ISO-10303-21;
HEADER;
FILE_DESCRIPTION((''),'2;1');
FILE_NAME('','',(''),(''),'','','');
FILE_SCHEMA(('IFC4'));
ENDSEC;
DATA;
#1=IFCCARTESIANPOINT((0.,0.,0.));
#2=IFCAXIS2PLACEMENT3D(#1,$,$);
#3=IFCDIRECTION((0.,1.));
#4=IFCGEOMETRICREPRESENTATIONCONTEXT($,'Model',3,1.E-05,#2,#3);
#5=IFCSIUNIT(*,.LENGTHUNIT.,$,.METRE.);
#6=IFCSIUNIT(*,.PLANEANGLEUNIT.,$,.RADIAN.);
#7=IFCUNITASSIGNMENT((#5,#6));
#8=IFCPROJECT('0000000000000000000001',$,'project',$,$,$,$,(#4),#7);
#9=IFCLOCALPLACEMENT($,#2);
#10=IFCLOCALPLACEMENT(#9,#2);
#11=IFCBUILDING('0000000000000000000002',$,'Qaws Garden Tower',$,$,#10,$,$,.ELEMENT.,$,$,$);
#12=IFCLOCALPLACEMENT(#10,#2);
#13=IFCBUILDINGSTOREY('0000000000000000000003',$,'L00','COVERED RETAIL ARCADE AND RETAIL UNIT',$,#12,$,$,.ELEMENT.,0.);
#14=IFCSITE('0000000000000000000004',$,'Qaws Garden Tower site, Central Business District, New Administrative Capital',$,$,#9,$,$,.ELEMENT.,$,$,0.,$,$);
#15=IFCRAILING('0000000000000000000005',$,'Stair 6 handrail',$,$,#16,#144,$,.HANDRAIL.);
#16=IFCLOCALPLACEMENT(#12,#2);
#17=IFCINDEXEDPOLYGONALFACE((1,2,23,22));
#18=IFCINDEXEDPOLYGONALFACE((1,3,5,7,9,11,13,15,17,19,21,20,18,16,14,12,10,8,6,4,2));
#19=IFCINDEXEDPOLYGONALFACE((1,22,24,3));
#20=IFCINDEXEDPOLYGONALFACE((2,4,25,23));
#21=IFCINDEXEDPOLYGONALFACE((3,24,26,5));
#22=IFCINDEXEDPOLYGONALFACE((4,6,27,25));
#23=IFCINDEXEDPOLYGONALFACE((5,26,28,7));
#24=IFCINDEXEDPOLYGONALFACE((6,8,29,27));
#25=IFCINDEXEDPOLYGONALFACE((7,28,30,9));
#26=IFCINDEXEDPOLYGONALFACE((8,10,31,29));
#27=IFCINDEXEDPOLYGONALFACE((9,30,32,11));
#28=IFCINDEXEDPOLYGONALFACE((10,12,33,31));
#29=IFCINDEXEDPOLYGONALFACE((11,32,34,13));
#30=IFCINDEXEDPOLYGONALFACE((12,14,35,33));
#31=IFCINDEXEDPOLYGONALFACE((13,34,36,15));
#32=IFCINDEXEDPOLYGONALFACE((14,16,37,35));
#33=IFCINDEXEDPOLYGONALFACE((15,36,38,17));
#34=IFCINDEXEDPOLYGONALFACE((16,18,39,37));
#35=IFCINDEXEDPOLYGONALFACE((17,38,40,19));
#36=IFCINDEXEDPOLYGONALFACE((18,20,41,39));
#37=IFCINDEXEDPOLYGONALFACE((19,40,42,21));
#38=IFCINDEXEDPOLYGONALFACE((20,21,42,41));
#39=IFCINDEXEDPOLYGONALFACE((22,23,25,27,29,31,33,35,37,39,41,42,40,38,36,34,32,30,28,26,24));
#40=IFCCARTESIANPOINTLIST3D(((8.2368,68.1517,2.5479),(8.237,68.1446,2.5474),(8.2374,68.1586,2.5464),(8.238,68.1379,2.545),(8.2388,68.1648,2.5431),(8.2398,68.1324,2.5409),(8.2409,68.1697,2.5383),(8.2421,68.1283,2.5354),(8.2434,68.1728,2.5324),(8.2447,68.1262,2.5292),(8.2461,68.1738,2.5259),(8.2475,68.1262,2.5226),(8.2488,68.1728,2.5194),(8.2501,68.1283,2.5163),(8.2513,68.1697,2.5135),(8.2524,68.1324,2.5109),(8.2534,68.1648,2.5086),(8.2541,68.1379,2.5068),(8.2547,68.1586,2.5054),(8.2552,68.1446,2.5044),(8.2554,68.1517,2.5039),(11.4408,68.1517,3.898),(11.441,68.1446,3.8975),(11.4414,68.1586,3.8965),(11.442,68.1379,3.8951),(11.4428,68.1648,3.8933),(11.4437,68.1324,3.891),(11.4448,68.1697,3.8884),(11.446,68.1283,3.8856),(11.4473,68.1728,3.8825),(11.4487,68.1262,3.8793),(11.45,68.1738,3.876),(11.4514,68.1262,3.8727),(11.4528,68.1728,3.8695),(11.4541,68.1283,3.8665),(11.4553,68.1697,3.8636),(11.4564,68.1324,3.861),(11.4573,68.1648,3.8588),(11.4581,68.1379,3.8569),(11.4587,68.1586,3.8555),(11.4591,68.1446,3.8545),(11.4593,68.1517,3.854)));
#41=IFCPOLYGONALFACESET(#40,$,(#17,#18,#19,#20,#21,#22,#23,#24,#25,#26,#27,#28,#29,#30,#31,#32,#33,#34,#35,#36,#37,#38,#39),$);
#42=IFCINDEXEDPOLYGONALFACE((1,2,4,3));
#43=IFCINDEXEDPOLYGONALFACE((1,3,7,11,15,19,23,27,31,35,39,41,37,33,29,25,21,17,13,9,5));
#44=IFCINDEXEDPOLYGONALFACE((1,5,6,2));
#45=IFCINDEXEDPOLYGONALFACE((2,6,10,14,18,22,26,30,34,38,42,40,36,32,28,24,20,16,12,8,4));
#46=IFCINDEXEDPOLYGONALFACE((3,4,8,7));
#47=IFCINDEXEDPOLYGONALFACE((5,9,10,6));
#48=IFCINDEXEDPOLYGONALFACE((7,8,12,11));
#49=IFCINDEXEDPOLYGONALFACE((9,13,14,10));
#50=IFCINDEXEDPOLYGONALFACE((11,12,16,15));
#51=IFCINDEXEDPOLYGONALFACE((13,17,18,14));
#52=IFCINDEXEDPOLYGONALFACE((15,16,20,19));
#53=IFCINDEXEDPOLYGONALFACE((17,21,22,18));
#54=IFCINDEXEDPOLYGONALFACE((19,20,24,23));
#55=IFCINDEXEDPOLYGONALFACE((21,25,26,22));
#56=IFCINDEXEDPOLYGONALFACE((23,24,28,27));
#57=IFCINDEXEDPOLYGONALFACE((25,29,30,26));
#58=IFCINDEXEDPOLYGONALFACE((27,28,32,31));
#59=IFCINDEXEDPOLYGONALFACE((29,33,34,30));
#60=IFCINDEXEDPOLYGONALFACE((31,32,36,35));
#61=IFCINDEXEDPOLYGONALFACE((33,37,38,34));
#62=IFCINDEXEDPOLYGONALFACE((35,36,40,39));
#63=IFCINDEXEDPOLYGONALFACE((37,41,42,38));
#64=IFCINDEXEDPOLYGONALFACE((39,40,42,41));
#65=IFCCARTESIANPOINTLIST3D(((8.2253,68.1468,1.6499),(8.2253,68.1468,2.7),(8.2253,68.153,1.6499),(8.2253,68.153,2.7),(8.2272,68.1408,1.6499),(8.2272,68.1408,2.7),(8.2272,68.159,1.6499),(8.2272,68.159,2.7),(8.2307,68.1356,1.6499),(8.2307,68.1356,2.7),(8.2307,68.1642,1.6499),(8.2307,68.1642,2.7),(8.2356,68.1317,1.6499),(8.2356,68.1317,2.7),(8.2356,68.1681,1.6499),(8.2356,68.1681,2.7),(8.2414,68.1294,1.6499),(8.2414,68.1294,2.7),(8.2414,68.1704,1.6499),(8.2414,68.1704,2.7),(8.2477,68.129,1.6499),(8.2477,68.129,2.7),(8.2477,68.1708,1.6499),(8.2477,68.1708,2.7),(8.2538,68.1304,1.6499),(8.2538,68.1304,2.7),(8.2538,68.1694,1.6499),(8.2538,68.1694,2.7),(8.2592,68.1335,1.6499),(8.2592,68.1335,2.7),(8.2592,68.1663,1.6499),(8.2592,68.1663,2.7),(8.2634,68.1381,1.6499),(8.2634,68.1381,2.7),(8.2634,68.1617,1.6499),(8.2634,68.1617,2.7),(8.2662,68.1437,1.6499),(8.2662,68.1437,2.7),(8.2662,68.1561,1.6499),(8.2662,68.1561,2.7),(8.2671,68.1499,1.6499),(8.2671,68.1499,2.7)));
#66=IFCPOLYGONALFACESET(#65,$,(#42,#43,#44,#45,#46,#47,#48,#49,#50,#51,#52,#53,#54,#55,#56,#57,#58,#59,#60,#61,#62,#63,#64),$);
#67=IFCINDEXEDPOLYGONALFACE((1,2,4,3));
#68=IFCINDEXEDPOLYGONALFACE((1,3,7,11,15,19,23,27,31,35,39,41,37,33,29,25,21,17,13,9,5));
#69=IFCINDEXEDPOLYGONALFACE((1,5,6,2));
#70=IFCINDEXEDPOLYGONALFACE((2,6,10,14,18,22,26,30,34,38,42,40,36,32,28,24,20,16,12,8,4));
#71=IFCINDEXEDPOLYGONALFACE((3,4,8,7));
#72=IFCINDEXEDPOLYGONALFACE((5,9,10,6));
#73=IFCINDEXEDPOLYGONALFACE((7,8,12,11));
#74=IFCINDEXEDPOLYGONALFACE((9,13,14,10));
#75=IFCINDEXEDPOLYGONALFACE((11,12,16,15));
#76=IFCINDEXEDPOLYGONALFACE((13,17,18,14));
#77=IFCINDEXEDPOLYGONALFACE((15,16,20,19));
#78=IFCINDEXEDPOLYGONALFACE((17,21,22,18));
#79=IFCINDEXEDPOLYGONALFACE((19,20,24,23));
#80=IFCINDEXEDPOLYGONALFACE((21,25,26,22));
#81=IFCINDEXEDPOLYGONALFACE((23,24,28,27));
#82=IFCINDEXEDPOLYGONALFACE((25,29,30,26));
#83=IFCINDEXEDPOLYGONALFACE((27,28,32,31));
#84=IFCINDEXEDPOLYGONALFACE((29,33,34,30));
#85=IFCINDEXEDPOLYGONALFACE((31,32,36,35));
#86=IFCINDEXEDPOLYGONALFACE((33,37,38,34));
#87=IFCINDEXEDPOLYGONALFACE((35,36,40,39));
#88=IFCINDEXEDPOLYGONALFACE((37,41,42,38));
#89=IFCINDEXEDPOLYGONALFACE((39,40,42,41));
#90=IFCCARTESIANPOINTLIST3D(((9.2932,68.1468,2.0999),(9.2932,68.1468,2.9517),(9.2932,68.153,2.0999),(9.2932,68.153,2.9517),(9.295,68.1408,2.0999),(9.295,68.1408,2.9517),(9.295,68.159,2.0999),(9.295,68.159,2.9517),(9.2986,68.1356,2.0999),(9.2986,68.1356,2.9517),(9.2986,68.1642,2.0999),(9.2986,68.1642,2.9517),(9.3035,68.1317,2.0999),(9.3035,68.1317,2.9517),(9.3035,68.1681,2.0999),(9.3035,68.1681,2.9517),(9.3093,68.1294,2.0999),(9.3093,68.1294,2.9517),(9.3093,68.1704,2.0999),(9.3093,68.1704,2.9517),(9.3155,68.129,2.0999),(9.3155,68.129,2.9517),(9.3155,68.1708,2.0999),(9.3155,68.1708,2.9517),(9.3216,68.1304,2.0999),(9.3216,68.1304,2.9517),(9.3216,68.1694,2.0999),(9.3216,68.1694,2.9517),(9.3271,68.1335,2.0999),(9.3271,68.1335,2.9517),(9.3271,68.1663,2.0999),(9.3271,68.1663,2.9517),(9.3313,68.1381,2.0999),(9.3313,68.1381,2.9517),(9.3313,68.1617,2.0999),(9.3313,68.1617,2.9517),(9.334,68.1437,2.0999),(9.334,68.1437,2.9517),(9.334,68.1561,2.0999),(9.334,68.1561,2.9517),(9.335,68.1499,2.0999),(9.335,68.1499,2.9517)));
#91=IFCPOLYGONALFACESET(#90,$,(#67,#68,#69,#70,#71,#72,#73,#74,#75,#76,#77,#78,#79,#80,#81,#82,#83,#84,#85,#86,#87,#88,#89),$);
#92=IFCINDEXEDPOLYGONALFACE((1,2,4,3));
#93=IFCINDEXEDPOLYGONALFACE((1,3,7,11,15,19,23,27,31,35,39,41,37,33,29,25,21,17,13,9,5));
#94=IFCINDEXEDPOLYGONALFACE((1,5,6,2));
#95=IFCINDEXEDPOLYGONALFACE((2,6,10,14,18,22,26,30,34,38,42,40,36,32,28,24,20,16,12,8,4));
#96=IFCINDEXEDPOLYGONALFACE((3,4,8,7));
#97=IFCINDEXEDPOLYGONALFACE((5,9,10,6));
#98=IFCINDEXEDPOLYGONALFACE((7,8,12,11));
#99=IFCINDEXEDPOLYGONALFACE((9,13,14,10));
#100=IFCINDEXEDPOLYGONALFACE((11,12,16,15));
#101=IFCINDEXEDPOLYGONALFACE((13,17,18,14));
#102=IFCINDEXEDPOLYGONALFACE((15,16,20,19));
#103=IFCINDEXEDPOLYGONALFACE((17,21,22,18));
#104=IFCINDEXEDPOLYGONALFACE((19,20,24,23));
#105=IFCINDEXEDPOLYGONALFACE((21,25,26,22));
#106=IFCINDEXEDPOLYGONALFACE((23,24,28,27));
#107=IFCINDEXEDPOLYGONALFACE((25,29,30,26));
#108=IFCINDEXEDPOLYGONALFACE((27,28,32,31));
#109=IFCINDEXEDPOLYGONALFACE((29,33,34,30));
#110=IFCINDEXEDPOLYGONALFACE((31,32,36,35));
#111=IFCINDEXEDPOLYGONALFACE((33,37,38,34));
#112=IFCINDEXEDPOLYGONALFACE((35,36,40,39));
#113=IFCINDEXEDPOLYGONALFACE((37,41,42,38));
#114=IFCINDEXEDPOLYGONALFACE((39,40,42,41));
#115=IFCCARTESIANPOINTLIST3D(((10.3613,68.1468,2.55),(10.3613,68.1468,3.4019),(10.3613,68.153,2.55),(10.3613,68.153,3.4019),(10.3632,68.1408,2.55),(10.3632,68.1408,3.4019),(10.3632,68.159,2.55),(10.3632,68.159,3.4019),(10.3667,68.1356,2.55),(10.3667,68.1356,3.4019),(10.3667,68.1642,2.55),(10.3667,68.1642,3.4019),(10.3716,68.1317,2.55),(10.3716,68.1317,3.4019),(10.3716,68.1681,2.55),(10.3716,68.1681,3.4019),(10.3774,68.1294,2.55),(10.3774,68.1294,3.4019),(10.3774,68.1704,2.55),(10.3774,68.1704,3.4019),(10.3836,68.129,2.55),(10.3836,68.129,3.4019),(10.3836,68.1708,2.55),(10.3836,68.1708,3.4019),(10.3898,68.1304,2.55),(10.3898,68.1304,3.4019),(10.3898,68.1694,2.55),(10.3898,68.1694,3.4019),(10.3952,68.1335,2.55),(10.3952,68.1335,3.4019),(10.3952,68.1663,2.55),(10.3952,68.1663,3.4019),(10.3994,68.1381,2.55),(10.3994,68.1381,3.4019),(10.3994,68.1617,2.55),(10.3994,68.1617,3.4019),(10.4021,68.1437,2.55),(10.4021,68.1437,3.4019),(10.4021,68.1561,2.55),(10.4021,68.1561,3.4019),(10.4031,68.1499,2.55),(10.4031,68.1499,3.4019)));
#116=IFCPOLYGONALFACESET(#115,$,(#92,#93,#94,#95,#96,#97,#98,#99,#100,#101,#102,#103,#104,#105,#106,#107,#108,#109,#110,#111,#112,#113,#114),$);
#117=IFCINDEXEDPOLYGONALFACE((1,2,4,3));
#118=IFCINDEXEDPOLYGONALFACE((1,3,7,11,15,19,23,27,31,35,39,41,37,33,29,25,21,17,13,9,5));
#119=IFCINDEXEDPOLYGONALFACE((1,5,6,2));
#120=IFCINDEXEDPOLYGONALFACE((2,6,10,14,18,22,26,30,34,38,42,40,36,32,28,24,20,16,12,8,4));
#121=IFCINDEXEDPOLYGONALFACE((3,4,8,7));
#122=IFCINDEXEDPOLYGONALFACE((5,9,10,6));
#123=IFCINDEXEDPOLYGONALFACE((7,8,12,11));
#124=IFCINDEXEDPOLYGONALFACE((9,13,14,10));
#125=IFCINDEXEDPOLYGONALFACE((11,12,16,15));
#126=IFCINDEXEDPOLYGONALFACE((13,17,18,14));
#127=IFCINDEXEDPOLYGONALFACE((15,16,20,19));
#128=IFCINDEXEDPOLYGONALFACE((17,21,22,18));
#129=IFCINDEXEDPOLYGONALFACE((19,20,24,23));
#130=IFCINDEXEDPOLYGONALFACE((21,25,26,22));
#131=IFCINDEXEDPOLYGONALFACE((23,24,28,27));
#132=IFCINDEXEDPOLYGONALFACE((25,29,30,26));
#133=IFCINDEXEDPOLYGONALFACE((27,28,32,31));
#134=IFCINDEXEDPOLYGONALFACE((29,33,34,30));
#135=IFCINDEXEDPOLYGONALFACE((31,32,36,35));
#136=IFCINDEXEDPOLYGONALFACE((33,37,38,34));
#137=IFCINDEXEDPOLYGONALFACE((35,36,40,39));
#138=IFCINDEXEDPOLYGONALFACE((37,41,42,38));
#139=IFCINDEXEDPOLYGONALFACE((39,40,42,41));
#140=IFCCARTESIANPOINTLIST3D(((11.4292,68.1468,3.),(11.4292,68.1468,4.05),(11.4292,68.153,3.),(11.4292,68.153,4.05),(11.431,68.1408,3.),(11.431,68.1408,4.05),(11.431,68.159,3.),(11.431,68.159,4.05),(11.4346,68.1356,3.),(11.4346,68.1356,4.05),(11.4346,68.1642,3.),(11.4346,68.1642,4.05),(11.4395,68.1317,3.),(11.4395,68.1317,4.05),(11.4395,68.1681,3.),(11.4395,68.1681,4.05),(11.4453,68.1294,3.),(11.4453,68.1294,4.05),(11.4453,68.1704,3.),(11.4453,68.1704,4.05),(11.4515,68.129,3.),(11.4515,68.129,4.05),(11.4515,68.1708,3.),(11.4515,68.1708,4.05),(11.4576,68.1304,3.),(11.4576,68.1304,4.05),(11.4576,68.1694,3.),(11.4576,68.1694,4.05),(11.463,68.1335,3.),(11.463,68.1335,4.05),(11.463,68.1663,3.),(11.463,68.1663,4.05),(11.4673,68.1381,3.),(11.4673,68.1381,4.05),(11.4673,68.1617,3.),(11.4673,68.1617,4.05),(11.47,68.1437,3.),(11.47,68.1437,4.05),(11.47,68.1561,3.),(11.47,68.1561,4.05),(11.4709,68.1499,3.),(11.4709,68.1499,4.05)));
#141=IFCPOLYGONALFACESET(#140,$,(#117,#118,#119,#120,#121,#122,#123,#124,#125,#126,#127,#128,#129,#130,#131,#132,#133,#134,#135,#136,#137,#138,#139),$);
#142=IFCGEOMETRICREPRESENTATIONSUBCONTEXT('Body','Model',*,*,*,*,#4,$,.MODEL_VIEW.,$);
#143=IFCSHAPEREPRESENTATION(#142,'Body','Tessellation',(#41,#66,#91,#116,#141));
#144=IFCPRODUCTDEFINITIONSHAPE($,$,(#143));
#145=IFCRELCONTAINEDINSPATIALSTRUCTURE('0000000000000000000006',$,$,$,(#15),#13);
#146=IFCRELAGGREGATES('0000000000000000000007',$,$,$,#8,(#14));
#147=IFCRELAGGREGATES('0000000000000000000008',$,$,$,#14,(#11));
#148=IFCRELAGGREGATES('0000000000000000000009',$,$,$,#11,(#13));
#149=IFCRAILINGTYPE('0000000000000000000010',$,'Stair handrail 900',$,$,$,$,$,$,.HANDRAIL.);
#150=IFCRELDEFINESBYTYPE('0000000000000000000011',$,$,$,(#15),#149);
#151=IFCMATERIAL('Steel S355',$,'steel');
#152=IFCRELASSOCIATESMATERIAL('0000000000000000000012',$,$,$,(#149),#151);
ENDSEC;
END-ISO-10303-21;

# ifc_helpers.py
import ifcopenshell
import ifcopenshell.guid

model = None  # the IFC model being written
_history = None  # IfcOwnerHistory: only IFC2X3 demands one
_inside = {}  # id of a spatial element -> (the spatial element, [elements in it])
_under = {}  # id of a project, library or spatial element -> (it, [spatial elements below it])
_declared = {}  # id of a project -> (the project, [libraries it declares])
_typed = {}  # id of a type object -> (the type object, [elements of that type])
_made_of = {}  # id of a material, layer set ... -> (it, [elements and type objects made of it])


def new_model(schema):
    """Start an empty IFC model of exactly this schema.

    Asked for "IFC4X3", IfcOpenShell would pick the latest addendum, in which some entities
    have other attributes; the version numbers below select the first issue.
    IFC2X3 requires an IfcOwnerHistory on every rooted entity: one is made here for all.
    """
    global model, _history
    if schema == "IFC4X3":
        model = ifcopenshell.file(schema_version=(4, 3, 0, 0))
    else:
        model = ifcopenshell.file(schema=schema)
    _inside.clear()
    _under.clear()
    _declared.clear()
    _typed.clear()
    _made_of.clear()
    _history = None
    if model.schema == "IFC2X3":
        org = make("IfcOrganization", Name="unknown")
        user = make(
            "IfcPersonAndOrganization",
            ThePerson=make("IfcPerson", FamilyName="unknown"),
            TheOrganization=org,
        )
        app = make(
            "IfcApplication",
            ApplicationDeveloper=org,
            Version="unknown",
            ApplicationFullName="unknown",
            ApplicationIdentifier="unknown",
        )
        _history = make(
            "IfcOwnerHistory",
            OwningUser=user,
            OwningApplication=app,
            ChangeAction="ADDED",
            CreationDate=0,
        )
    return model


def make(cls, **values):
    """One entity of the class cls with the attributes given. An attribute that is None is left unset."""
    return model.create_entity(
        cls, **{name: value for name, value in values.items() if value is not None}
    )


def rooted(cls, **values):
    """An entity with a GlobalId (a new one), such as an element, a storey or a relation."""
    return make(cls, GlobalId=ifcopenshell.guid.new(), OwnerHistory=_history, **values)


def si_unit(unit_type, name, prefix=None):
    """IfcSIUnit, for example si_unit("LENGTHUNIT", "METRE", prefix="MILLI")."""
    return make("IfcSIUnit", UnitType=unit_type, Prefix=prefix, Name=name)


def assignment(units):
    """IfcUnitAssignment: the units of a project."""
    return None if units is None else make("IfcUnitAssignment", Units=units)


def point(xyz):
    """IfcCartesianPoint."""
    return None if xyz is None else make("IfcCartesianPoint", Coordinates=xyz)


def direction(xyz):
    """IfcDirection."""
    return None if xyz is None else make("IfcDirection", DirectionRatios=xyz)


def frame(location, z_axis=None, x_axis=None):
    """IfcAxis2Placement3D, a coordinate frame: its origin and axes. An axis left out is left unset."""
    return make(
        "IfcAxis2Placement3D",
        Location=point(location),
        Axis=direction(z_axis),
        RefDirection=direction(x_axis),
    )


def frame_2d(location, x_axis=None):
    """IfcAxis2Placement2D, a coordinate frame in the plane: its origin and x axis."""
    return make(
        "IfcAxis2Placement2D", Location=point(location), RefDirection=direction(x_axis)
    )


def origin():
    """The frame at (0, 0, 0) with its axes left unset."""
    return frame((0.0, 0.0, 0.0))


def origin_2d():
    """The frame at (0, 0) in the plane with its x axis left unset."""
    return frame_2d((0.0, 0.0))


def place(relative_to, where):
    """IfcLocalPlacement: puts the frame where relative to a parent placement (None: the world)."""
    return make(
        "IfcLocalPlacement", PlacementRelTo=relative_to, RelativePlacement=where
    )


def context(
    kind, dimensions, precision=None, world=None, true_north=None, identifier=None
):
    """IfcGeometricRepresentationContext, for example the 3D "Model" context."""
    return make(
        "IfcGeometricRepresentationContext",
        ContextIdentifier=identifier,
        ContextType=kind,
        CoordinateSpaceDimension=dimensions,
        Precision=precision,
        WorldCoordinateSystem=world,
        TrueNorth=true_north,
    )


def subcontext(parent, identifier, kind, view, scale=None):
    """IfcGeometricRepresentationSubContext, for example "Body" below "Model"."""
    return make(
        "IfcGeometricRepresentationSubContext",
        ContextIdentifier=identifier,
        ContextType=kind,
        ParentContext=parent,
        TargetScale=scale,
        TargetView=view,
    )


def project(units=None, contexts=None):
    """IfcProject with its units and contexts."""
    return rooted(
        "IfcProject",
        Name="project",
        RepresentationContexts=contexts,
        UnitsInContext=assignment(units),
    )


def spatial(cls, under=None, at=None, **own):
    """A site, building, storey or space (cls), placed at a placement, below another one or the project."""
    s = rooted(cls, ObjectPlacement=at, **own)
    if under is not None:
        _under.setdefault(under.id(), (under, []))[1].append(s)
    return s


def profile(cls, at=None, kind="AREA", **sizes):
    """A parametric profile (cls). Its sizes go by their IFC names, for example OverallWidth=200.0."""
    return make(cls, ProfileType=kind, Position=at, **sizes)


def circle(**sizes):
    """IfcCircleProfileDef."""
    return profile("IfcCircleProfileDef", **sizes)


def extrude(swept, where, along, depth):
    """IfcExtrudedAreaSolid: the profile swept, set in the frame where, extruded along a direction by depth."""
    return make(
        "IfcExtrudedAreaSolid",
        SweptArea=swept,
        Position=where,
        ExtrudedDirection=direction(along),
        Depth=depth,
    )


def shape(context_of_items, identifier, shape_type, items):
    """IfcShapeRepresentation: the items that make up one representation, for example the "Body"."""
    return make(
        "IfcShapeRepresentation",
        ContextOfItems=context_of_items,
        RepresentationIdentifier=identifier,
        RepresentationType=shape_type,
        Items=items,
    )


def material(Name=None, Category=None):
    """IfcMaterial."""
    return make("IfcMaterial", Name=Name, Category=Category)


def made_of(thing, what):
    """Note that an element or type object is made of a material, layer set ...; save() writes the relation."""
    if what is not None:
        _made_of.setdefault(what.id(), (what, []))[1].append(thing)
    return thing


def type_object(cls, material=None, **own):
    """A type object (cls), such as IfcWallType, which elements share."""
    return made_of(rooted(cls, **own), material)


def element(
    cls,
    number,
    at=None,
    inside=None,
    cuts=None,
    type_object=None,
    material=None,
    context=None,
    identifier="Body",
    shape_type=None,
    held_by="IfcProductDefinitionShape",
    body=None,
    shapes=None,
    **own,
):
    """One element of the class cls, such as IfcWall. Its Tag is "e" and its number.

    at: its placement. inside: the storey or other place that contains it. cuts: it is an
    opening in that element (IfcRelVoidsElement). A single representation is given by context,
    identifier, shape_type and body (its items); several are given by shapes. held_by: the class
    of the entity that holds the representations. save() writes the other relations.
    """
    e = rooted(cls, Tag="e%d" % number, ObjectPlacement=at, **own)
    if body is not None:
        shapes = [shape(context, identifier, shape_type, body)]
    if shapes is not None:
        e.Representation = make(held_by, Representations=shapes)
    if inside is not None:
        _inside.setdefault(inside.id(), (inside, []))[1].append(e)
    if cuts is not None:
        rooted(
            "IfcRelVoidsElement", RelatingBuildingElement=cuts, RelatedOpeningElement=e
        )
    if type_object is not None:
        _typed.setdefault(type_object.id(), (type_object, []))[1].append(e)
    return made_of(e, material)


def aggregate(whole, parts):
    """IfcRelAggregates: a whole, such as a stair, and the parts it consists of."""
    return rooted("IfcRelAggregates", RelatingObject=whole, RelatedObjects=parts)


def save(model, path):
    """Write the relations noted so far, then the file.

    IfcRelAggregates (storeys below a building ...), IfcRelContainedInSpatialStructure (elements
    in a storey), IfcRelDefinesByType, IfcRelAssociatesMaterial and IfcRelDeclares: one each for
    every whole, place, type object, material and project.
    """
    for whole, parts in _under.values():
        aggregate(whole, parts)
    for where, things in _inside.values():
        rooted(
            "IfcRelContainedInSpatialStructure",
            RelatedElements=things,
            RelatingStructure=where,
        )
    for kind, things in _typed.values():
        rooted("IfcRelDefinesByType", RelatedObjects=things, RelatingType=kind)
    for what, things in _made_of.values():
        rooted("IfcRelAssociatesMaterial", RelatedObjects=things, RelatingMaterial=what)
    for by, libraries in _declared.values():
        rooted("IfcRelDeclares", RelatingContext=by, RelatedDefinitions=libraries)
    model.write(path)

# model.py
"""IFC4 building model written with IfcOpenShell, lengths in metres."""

from ifc_helpers import new_model, si_unit, direction, frame, origin, origin_2d, place, context, subcontext, project, spatial, circle, extrude, material, type_object, element, save


model = new_model("IFC4")

# Units and contexts
model_context = context("Model", 3, precision=1e-05, world=origin(), true_north=direction((0.0, 1.0)))
body_context = subcontext(model_context, "Body", "Model", "MODEL_VIEW")
ifc_project = project(units=[si_unit("LENGTHUNIT", "METRE"), si_unit("PLANEANGLEUNIT", "RADIAN")], contexts=[model_context])

# Site, building, storey
site_placement = place(None, origin())
site = spatial("IfcSite", under=ifc_project, at=site_placement, Name="Qaws Garden Tower site, Central Business District, New Administrative Capital", CompositionType="ELEMENT", RefElevation=0.0)
building_placement = place(site_placement, origin())
building = spatial("IfcBuilding", under=site, at=building_placement, Name="Qaws Garden Tower", CompositionType="ELEMENT")
storey_placement = place(building_placement, origin())
storey = spatial("IfcBuildingStorey", under=building, at=storey_placement, Name="L00", Description="COVERED RETAIL ARCADE AND RETAIL UNIT", CompositionType="ELEMENT", Elevation=0.0)

# Railing
ifc_material_1 = material(Name="Steel S355", Category="steel")
railing_type = type_object("IfcRailingType", Name="Stair handrail 900", PredefinedType="HANDRAIL", material=ifc_material_1)
for number, where, name in (
    (1, (8.2461, 68.1499, 1.6499), "Stair 6 handrail"),
):
    element("IfcRailing", number, at=place(storey_placement, frame(where)), inside=storey, type_object=railing_type, Name=name, PredefinedType="HANDRAIL", context=body_context, shape_type="SweptSolid", body=[
        extrude(circle(Radius=0.0239, at=origin_2d()), frame((0.0, 0.0, 0.876), z_axis=(0.921522, 0.0, 0.388327), x_axis=(0.0, 1.0, 0.0)), (0.0, 0.0, 1.0), 3.4768),
        extrude(circle(Radius=0.021, at=origin_2d()), origin(), (0.0, 0.0, 1.0), 1.05),
        extrude(circle(Radius=0.021, at=origin_2d()), frame((1.0679, 0.0, 0.45)), (0.0, 0.0, 1.0), 0.8518),
        extrude(circle(Radius=0.021, at=origin_2d()), frame((2.136, 0.0, 0.9001)), (0.0, 0.0, 1.0), 0.8518),
        extrude(circle(Radius=0.021, at=origin_2d()), frame((3.2039, 0.0, 1.3501)), (0.0, 0.0, 1.0), 1.05),
    ])

save(model, "model.ifc")
